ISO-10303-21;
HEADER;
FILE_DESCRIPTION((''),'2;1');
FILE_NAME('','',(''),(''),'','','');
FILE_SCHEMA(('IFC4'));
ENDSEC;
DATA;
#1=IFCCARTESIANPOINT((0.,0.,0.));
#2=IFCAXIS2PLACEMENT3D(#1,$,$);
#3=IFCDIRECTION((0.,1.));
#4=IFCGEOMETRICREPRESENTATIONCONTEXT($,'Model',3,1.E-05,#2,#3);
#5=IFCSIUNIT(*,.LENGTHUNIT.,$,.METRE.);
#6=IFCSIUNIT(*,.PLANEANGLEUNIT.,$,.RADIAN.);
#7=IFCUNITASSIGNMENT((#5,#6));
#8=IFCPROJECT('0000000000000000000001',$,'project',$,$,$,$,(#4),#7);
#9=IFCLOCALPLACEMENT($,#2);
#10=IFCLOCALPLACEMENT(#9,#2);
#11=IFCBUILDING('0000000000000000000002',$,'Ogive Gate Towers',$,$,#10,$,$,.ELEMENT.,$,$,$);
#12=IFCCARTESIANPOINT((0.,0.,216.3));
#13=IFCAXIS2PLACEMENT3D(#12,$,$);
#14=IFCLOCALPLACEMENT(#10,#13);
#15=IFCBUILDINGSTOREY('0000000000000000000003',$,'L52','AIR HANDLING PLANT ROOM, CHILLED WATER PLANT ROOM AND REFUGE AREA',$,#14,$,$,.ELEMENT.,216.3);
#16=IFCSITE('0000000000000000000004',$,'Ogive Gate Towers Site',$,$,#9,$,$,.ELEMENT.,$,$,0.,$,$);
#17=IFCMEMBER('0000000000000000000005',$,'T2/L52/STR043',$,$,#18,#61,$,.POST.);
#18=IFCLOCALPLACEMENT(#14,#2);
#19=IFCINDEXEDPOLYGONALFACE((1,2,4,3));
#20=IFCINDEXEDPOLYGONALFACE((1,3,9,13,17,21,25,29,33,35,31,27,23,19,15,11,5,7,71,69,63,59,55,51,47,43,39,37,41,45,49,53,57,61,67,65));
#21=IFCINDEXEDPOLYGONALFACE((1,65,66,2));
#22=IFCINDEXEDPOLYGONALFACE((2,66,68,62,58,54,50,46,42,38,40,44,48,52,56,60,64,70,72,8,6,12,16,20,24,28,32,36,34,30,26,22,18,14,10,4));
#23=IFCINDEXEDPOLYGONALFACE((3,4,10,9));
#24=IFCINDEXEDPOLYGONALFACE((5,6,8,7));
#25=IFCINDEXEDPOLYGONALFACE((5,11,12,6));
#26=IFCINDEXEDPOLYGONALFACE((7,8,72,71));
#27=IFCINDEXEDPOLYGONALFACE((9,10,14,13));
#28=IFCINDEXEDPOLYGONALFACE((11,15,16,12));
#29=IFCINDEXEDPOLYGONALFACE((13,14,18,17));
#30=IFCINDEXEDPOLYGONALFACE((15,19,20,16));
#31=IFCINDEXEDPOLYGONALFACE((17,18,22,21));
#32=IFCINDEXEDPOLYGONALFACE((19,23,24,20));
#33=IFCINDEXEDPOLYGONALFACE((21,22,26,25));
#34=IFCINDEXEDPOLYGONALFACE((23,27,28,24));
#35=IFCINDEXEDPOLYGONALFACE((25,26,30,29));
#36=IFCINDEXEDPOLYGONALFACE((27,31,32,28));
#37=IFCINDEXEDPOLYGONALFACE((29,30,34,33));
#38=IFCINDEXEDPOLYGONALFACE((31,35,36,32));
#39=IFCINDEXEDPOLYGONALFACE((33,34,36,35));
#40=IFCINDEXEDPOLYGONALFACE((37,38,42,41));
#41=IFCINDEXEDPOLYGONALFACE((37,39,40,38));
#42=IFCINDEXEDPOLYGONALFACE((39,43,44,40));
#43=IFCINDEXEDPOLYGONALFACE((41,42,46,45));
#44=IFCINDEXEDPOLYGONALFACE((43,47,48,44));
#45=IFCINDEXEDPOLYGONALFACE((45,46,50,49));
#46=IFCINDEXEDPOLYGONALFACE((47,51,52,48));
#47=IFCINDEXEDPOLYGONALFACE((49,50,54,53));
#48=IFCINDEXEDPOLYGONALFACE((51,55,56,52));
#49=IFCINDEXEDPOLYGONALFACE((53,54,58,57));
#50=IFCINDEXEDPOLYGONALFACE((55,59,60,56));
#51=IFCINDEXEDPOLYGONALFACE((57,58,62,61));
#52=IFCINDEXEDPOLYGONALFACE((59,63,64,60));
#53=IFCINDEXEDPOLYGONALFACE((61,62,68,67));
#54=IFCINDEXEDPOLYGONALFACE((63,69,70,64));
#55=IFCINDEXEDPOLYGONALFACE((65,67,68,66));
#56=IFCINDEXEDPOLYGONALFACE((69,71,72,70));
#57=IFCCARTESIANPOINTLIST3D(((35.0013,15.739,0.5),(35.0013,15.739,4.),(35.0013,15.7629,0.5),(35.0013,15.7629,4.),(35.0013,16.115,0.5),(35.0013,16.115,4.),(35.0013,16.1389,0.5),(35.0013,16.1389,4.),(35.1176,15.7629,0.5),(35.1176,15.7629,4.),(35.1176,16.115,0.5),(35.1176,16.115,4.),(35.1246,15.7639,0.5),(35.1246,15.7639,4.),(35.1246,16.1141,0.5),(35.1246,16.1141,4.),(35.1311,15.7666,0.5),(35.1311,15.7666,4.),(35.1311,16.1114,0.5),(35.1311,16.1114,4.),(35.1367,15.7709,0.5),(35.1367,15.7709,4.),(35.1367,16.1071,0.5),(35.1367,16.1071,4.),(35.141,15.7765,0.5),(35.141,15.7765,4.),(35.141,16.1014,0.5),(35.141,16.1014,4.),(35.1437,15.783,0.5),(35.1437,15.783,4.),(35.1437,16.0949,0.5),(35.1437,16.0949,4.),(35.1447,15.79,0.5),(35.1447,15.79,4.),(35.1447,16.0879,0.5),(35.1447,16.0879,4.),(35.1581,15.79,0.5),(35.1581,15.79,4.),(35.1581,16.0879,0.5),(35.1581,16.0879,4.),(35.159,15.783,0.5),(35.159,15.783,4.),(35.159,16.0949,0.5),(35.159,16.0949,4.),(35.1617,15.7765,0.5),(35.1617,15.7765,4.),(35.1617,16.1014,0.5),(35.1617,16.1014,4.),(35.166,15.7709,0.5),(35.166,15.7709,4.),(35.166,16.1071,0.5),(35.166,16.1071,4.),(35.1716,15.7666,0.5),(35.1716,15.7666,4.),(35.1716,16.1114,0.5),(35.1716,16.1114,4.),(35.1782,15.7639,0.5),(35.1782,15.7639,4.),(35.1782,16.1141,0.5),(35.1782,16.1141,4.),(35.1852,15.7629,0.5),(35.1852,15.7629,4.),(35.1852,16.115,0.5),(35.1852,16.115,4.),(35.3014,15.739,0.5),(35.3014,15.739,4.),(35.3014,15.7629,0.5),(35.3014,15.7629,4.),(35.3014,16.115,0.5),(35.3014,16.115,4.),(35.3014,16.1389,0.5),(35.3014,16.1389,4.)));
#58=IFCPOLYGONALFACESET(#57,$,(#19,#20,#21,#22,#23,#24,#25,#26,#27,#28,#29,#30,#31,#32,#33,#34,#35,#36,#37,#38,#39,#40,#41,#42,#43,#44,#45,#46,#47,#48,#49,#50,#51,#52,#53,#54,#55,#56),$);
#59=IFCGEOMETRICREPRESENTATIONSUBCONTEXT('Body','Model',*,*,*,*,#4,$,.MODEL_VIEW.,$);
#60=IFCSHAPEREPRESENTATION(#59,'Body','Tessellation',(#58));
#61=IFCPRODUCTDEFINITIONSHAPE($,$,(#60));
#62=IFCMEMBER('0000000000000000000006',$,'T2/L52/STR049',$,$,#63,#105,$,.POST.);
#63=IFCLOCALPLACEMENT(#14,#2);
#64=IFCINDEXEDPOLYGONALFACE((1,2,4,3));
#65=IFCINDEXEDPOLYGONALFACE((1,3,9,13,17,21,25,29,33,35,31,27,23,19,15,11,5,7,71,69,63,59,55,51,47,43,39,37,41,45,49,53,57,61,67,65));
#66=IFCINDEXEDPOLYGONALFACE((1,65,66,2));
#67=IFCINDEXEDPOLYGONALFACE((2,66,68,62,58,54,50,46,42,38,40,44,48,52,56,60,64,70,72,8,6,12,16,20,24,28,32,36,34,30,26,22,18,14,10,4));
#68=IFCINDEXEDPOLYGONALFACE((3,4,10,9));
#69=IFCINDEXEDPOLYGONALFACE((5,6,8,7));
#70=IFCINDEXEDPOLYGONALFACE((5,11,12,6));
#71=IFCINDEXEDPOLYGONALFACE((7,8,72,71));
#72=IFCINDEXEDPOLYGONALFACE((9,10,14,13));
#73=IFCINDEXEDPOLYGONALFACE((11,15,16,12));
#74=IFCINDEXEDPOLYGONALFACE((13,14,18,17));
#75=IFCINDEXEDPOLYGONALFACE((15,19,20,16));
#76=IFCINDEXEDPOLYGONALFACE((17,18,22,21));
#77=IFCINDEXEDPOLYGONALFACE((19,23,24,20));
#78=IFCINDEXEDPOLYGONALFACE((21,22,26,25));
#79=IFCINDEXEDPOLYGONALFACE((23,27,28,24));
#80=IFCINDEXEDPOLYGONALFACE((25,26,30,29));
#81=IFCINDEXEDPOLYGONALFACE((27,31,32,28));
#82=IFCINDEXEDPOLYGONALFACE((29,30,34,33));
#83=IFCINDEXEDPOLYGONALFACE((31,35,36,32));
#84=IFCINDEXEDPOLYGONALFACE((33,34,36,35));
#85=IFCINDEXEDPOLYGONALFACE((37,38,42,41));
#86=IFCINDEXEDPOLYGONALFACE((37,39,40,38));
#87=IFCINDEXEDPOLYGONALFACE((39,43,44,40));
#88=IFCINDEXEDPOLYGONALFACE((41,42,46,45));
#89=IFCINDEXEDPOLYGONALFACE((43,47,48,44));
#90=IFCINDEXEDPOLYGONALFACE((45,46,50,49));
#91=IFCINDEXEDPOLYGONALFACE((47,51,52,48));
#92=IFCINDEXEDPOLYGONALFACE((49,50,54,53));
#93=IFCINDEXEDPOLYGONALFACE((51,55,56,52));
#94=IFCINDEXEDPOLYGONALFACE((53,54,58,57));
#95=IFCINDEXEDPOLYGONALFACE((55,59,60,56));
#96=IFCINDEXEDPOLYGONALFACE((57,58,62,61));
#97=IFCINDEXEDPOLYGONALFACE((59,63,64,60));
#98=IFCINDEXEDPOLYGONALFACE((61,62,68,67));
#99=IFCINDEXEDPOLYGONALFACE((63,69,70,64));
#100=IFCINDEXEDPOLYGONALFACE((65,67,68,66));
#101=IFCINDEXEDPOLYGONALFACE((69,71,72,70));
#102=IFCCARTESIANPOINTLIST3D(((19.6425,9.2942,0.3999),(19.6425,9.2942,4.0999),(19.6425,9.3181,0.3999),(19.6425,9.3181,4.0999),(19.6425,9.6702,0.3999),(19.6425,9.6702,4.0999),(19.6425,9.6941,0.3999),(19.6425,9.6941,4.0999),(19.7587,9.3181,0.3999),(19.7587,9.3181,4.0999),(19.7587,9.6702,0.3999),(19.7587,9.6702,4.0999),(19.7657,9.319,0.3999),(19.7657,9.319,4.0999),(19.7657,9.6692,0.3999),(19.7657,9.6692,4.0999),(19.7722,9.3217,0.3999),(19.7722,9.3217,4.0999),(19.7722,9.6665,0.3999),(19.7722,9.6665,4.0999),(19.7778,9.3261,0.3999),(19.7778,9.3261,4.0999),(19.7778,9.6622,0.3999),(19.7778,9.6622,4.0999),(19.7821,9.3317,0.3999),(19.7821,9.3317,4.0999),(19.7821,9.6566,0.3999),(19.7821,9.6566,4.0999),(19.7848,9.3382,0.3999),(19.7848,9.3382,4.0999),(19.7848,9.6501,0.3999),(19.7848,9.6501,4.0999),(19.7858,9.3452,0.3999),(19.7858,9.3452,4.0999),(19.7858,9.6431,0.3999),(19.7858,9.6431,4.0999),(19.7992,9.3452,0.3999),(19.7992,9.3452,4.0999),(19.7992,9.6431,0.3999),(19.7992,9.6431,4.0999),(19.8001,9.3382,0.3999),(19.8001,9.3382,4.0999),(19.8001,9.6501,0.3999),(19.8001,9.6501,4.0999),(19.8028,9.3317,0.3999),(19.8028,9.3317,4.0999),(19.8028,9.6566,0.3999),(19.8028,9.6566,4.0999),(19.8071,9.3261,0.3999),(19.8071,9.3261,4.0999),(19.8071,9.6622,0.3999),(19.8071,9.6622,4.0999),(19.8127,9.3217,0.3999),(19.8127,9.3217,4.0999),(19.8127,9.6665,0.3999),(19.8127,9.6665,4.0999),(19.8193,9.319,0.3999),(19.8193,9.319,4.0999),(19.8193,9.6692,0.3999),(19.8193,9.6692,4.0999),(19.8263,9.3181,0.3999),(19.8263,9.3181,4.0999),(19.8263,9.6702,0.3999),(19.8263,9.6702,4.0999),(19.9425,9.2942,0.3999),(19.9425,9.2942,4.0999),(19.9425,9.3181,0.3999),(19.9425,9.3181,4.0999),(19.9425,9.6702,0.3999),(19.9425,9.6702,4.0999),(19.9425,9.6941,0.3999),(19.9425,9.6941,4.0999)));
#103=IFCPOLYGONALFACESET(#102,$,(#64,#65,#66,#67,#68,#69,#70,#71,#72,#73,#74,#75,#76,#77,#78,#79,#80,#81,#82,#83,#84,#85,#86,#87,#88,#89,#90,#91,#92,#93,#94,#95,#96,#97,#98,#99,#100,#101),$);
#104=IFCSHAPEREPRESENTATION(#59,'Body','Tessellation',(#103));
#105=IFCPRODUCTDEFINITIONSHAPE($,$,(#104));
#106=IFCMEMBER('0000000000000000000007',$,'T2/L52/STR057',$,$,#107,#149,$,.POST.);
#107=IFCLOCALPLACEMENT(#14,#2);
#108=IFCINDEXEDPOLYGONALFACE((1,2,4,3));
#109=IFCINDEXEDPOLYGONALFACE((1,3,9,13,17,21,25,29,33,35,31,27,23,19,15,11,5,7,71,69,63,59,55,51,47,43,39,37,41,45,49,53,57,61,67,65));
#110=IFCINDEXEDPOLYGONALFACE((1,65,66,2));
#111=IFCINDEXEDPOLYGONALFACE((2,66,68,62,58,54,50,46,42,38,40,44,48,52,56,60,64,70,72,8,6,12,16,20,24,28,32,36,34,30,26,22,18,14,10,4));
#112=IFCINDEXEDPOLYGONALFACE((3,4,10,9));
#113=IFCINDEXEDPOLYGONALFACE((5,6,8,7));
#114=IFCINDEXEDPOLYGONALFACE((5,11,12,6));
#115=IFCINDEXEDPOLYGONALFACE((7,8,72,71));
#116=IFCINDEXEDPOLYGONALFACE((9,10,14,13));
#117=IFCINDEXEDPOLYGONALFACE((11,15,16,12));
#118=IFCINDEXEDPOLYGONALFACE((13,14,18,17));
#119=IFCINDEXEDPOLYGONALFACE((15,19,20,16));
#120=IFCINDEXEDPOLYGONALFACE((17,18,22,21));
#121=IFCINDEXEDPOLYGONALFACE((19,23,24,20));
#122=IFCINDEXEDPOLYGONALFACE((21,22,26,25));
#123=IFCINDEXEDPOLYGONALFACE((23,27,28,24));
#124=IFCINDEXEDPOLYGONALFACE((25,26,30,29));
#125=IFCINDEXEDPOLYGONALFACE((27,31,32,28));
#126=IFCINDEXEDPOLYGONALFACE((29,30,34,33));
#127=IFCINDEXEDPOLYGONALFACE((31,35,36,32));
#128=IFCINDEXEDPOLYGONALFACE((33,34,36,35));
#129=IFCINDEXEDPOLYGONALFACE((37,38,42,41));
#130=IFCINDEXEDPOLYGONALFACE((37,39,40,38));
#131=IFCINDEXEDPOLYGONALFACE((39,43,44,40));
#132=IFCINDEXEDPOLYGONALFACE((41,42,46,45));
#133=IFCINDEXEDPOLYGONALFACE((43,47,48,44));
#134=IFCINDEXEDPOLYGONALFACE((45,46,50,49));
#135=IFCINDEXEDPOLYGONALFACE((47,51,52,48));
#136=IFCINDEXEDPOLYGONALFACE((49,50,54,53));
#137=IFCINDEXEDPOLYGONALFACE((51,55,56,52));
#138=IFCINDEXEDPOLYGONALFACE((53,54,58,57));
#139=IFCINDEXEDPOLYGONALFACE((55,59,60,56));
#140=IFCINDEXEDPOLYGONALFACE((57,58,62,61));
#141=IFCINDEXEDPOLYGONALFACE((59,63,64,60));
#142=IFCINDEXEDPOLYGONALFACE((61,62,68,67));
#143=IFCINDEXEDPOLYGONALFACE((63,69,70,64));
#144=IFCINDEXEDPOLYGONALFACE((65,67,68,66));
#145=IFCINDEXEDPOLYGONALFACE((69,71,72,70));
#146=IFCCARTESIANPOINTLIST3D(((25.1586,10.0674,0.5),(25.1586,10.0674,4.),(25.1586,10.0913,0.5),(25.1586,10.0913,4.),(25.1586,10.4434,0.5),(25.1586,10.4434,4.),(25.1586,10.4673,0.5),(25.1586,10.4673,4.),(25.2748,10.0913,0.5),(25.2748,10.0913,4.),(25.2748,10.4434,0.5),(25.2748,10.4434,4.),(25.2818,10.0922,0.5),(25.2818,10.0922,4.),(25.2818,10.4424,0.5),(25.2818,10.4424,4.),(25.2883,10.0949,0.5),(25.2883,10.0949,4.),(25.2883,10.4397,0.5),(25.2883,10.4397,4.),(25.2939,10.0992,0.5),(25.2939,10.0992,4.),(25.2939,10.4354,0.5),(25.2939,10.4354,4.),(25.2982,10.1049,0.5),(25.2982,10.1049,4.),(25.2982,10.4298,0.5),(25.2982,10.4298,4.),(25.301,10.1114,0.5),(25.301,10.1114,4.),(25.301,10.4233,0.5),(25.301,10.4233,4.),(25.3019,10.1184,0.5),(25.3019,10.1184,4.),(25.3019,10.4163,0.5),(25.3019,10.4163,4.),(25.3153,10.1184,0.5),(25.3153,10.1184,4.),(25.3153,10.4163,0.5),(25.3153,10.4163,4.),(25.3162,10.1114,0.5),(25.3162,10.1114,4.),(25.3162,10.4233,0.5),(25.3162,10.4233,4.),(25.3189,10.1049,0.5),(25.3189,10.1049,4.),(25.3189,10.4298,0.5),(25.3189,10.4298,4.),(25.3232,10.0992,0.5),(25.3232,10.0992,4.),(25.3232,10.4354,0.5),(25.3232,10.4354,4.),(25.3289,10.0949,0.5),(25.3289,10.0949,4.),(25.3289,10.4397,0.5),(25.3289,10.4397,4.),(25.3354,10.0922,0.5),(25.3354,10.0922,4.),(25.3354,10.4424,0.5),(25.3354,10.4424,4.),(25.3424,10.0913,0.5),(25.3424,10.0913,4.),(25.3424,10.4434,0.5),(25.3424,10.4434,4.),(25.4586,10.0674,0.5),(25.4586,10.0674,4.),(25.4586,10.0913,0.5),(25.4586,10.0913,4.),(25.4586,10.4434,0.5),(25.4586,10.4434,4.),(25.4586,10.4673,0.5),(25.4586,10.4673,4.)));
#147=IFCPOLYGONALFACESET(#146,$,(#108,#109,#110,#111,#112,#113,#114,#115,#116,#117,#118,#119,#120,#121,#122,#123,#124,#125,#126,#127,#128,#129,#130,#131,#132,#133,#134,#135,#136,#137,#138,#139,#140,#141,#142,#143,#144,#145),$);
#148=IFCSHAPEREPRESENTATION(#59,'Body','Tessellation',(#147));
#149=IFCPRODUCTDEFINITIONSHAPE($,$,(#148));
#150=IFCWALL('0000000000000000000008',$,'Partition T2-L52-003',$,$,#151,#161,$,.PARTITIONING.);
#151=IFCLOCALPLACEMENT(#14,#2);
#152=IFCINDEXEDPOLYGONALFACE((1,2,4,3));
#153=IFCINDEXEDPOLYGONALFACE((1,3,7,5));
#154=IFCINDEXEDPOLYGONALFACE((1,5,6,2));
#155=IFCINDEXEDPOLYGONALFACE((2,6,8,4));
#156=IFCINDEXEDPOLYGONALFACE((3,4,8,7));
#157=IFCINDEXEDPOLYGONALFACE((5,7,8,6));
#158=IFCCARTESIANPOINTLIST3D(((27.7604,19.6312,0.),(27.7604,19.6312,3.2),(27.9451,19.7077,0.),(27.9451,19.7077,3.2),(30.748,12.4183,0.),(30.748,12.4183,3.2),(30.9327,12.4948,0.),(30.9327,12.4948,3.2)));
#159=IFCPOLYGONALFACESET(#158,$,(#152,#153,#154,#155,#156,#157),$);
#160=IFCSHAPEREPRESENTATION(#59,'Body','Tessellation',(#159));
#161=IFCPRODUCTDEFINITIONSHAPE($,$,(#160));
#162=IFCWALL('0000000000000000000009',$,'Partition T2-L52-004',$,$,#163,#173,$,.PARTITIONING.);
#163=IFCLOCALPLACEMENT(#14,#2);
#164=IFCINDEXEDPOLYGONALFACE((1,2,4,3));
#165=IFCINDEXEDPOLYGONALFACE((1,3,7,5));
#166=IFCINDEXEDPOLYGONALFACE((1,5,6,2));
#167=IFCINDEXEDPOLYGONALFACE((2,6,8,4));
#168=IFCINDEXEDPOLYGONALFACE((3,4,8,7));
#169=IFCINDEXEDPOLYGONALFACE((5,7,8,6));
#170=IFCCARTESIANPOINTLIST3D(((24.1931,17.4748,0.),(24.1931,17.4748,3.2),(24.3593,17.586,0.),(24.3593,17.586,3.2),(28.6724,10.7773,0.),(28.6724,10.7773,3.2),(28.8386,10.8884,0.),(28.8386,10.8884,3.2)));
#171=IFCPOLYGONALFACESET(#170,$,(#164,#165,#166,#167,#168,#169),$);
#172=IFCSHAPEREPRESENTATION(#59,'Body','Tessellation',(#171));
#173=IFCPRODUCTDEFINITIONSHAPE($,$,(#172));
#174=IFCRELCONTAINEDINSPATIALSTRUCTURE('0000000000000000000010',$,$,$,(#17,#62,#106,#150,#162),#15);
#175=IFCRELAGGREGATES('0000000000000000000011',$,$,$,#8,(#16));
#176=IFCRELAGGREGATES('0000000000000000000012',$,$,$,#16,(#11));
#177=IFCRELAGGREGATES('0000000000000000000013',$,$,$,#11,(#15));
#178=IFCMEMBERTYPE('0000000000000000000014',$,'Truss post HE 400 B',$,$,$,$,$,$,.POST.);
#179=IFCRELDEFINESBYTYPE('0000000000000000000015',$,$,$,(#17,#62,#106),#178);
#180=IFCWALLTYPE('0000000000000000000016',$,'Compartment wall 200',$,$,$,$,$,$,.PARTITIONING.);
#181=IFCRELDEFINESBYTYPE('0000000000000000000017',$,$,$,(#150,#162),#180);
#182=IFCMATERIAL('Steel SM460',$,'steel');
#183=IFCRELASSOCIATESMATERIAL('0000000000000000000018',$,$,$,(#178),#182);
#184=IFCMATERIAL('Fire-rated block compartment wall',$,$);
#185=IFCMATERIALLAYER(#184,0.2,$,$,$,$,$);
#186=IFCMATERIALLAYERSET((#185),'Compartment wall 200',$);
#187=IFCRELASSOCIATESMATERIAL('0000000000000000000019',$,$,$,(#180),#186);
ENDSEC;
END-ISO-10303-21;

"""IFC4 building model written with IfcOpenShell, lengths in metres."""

from ifc_helpers import new_model, si_unit, direction, frame, frame_2d, origin, origin_2d, place, context, subcontext, project, spatial, rectangle, i_section, extrude, material, layer, layer_set, material_profile, profile_set, type_object, element, save


model = new_model("IFC4")

# Units and contexts
model_context = context("Model", 3, precision=1e-05, world=origin(), true_north=direction((0.0, 1.0)))
body_context = subcontext(model_context, "Body", "Model", "MODEL_VIEW")
ifc_project = project(units=[si_unit("LENGTHUNIT", "METRE"), si_unit("PLANEANGLEUNIT", "RADIAN")], contexts=[model_context])

# Site, building, storey
site_placement = place(None, origin())
site = spatial("IfcSite", under=ifc_project, at=site_placement, Name="Ogive Gate Towers Site", CompositionType="ELEMENT", RefElevation=0.0)
building_placement = place(site_placement, origin())
building = spatial("IfcBuilding", under=site, at=building_placement, Name="Ogive Gate Towers", CompositionType="ELEMENT")
storey_placement = place(building_placement, frame((0.0, 0.0, 216.3)))
storey = spatial("IfcBuildingStorey", under=building, at=storey_placement, Name="L52", Description="AIR HANDLING PLANT ROOM, CHILLED WATER PLANT ROOM AND REFUGE AREA", CompositionType="ELEMENT", Elevation=216.3)

# Shared definitions
ifc_material_1 = material(Name="Steel SM460", Category="steel")

# Members
ifc_material_profile_1 = material_profile(ifc_material_1, i_section(OverallWidth=0.3, OverallDepth=0.3999, WebThickness=0.0134, FlangeThickness=0.0239, FilletRadius=0.0271, at=origin_2d()), Name="HE 400 B")
ifc_profile_set_1 = profile_set([ifc_material_profile_1], Name="Steel SM460")
member_type_1 = type_object("IfcMemberType", Name="Truss post HE 400 B", PredefinedType="POST", material=ifc_profile_set_1)
for number, where, z_axis, x_axis, name in (
    (1, (35.1514, 15.939, 0.5), (0.0, 0.0, 1.0), (1.0, 0.0, 0.0), "T2/L52/STR043"),
):
    element("IfcMember", number, at=place(storey_placement, frame(where, z_axis=z_axis, x_axis=x_axis)), inside=storey, type_object=member_type_1, Name=name, PredefinedType="POST", context=body_context, shape_type="SweptSolid", body=[
        extrude(i_section(OverallWidth=0.3, OverallDepth=0.3999, WebThickness=0.0134, FlangeThickness=0.0239, FilletRadius=0.0271, at=origin_2d()), origin(), (0.0, 0.0, 1.0), 3.5),
    ])
member_1_placement = place(storey_placement, frame((19.7925, 9.4941, 0.3999), z_axis=(0.0, 0.0, 1.0), x_axis=(1.0, 0.0, 0.0)))
element("IfcMember", 2, at=member_1_placement, inside=storey, type_object=member_type_1, Name="T2/L52/STR049", PredefinedType="POST", context=body_context, shape_type="SweptSolid", body=[
    extrude(i_section(OverallWidth=0.3, OverallDepth=0.3999, WebThickness=0.0134, FlangeThickness=0.0239, FilletRadius=0.0271, at=origin_2d()), origin(), (0.0, 0.0, 1.0), 3.7),
])
member_2_placement = place(storey_placement, frame((25.3086, 10.2673, 0.5), z_axis=(0.0, 0.0, 1.0), x_axis=(1.0, 0.0, 0.0)))
element("IfcMember", 3, at=member_2_placement, inside=storey, type_object=member_type_1, Name="T2/L52/STR057", PredefinedType="POST", context=body_context, shape_type="SweptSolid", body=[
    extrude(i_section(OverallWidth=0.3, OverallDepth=0.3999, WebThickness=0.0134, FlangeThickness=0.0239, FilletRadius=0.0271, at=origin_2d()), origin(), (0.0, 0.0, 1.0), 3.5),
])

# Walls
ifc_material_2 = material(Name="Fire-rated block compartment wall")
ifc_layer_1 = layer(ifc_material_2, 0.2)
ifc_layer_set_1 = layer_set([ifc_layer_1], Name="Compartment wall 200")
wall_type_1 = type_object("IfcWallType", Name="Compartment wall 200", PredefinedType="PARTITIONING", material=ifc_layer_set_1)
wall_1_placement = place(storey_placement, frame((27.8528, 19.6694, 0.0), z_axis=(0.0, 0.0, 1.0), x_axis=(0.382669, -0.923885, 0.0)))
element("IfcWall", 4, at=wall_1_placement, inside=storey, type_object=wall_type_1, Name="Partition T2-L52-003", PredefinedType="PARTITIONING", context=body_context, shape_type="SweptSolid", body=[
    extrude(rectangle(XDim=7.8071, YDim=0.2, at=frame_2d((3.9036, 0.0))), origin(), (0.0, 0.0, 1.0), 3.2),
])
wall_2_placement = place(storey_placement, frame((24.2761, 17.5305, 0.0), z_axis=(0.0, 0.0, 1.0), x_axis=(0.555923, -0.831234, 0.0)))
element("IfcWall", 5, at=wall_2_placement, inside=storey, type_object=wall_type_1, Name="Partition T2-L52-004", PredefinedType="PARTITIONING", context=body_context, shape_type="SweptSolid", body=[
    extrude(rectangle(XDim=8.0574, YDim=0.2, at=frame_2d((4.0288, 0.0))), origin(), (0.0, 0.0, 1.0), 3.2),
])

save(model, "model.ifc")
